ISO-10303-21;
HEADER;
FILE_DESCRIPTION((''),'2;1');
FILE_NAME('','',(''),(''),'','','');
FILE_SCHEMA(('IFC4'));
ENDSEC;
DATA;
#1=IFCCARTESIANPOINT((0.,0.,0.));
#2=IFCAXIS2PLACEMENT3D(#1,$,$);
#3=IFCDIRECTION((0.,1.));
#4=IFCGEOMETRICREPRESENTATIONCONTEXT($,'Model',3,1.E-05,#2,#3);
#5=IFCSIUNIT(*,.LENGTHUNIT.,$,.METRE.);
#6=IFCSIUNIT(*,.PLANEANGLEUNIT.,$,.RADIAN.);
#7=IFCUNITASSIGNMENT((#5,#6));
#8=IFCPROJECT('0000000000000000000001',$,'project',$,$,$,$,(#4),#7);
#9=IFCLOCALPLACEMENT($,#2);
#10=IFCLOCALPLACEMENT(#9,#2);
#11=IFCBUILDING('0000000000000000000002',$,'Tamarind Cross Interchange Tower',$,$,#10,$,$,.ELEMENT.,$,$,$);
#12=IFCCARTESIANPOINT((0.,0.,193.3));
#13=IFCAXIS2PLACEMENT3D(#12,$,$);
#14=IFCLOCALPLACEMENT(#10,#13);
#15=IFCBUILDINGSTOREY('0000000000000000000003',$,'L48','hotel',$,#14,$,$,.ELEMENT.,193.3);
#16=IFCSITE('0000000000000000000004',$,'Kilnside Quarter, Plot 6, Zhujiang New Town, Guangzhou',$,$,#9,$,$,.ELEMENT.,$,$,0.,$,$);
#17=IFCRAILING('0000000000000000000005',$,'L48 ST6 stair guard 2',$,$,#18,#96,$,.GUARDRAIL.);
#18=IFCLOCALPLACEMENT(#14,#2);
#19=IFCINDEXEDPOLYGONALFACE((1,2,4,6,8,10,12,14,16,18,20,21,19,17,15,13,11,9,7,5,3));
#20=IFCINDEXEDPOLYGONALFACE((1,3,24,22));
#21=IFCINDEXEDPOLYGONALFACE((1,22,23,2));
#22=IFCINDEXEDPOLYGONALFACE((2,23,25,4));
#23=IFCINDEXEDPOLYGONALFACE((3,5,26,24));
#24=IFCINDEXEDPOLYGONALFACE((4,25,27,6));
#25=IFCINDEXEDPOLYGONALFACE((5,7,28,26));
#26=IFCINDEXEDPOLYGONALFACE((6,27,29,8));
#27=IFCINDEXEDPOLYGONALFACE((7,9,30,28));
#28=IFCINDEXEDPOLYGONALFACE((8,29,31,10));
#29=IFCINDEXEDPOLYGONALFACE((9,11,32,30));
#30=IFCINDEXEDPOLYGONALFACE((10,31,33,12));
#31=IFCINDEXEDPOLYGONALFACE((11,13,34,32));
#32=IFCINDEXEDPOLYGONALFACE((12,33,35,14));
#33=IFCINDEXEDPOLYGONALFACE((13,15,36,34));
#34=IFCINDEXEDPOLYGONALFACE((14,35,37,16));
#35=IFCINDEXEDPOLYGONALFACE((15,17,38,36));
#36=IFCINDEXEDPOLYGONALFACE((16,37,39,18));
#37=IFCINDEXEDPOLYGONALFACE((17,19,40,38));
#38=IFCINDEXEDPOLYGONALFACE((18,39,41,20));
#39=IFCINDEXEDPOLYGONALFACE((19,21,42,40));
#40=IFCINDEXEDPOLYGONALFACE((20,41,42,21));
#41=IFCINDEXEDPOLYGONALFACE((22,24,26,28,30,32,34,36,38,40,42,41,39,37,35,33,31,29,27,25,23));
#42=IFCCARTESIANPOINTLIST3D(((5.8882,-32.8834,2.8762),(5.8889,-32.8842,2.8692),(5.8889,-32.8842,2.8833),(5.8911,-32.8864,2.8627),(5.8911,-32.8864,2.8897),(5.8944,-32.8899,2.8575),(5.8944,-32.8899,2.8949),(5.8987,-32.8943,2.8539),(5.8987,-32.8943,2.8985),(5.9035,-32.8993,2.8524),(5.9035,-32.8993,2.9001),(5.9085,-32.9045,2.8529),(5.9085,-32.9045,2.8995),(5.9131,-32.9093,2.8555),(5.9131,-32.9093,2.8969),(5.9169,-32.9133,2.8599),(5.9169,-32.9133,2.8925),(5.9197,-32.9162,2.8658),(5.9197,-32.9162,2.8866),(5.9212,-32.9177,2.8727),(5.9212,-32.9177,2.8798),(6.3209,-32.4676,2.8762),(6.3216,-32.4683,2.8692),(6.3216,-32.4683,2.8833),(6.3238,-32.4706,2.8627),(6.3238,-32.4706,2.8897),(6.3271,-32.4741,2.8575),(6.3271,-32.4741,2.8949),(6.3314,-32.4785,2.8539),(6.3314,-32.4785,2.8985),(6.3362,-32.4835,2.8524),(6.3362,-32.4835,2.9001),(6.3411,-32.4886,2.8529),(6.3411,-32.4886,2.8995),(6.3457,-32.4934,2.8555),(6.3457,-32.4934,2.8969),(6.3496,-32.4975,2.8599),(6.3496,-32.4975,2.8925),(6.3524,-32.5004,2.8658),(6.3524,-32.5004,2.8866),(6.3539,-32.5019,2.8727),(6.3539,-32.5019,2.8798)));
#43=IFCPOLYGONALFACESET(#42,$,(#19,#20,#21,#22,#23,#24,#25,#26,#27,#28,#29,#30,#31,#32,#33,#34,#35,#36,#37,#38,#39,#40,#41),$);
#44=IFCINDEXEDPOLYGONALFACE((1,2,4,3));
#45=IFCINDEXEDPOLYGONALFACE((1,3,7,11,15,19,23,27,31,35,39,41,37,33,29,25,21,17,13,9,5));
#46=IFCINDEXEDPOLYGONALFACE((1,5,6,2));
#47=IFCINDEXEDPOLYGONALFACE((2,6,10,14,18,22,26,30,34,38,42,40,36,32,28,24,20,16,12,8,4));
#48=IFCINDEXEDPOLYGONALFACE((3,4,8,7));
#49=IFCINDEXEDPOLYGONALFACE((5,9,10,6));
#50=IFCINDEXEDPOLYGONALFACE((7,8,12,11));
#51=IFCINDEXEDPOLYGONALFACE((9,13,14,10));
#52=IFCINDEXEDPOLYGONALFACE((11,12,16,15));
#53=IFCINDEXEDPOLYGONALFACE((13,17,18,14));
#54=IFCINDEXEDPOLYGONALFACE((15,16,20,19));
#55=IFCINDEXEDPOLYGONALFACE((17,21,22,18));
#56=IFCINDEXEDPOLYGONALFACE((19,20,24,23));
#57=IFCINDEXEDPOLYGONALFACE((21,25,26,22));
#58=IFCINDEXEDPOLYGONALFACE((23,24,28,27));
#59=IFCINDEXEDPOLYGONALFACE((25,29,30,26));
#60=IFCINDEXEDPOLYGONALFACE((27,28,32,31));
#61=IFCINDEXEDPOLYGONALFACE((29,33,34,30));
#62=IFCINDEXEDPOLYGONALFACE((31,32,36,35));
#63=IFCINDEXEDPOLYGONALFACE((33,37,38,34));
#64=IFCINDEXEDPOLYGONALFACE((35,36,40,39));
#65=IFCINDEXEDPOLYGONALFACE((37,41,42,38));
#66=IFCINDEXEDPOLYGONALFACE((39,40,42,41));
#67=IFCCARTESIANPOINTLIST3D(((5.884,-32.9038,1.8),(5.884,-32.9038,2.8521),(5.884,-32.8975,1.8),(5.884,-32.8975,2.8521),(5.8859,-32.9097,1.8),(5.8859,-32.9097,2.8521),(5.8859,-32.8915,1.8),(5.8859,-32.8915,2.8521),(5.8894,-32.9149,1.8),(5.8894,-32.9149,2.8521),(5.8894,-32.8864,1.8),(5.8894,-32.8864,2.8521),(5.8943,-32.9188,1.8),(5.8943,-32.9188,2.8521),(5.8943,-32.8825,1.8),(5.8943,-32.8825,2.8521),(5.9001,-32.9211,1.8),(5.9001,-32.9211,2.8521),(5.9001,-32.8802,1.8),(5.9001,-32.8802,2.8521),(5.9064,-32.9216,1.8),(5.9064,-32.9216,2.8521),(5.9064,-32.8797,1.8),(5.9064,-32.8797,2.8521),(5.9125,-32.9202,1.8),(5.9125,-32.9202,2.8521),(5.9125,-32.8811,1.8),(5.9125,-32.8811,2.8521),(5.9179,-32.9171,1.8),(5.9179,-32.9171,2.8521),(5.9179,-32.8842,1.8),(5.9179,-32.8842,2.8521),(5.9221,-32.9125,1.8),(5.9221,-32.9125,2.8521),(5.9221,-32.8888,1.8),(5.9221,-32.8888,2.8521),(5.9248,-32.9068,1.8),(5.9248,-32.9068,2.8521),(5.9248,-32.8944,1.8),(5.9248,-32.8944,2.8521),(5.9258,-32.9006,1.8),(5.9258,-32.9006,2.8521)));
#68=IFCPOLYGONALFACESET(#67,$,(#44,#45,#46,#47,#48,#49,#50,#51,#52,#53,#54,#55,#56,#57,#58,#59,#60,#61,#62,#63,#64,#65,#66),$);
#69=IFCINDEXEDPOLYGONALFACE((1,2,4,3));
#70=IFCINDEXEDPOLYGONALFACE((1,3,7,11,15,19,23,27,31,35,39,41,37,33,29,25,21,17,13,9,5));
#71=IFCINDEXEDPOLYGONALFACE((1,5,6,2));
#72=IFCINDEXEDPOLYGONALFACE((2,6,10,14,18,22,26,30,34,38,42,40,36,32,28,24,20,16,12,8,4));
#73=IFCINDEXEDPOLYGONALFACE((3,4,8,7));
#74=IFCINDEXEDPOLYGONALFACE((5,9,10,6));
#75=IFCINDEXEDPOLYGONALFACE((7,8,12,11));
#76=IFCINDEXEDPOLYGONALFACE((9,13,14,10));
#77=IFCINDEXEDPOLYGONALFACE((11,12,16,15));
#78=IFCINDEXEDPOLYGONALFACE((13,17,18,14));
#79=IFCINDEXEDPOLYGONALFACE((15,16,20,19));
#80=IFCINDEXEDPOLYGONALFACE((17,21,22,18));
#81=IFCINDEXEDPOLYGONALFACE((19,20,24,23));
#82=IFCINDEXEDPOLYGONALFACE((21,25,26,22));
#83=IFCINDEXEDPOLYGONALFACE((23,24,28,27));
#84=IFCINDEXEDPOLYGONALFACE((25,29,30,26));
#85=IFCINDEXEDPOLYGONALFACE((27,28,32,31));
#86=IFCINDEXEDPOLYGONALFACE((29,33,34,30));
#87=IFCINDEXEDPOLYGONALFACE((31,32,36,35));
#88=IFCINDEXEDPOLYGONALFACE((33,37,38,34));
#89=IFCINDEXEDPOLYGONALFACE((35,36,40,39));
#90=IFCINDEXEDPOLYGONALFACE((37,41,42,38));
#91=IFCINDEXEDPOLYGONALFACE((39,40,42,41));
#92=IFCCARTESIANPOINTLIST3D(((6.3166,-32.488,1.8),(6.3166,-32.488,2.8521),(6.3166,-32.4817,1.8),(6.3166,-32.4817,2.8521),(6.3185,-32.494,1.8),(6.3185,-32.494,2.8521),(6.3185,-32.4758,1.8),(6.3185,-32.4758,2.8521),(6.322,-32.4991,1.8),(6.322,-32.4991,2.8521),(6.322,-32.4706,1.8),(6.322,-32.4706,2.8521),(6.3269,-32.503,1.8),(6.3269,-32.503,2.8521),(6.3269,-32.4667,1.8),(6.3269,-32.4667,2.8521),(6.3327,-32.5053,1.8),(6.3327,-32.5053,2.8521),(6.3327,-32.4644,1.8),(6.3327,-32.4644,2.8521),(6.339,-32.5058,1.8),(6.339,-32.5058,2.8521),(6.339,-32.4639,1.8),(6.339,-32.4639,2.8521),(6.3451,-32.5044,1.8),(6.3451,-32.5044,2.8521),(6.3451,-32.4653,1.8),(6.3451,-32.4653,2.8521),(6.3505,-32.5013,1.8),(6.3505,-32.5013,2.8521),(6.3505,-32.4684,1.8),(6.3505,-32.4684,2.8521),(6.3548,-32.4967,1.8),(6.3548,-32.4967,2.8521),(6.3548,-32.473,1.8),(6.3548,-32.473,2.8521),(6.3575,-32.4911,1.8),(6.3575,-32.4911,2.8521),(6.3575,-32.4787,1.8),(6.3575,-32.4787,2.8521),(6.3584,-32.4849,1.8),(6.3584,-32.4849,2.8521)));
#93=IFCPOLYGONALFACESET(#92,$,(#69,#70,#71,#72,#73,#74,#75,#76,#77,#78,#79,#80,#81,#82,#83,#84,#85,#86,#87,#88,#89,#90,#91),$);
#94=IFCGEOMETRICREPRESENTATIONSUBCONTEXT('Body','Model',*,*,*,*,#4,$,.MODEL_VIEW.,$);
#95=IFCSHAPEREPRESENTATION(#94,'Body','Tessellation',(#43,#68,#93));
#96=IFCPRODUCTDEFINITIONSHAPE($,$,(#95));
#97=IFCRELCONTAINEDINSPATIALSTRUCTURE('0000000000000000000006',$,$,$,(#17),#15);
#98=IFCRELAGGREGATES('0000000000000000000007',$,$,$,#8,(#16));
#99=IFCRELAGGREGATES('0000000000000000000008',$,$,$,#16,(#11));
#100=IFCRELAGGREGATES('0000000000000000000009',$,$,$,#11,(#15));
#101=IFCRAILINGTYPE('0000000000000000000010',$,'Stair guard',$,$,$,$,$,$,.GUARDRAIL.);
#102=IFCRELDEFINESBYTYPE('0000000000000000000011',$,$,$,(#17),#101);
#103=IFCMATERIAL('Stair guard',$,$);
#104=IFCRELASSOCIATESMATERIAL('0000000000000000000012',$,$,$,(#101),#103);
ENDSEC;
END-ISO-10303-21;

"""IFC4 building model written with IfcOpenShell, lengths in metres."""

from ifc_helpers import new_model, si_unit, direction, frame, origin, origin_2d, place, context, subcontext, project, spatial, circle, extrude, material, type_object, element, save


model = new_model("IFC4")

# Units and contexts
model_context = context("Model", 3, precision=1e-05, world=origin(), true_north=direction((0.0, 1.0)))
body_context = subcontext(model_context, "Body", "Model", "MODEL_VIEW")
ifc_project = project(units=[si_unit("LENGTHUNIT", "METRE"), si_unit("PLANEANGLEUNIT", "RADIAN")], contexts=[model_context])

# Site, building, storey
site_placement = place(None, origin())
site = spatial("IfcSite", under=ifc_project, at=site_placement, Name="Kilnside Quarter, Plot 6, Zhujiang New Town, Guangzhou", CompositionType="ELEMENT", RefElevation=0.0)
building_placement = place(site_placement, origin())
building = spatial("IfcBuilding", under=site, at=building_placement, Name="Tamarind Cross Interchange Tower", CompositionType="ELEMENT")
storey_placement = place(building_placement, frame((0.0, 0.0, 193.3)))
storey = spatial("IfcBuildingStorey", under=building, at=storey_placement, Name="L48", Description="hotel", CompositionType="ELEMENT", Elevation=193.3)

# Railing
ifc_material_1 = material(Name="Stair guard")
railing_type_1 = type_object("IfcRailingType", Name="Stair guard", PredefinedType="GUARDRAIL", material=ifc_material_1)
railing_1_placement = place(storey_placement, frame((5.9048, -32.9006, 1.8)))
element("IfcRailing", 1, at=railing_1_placement, inside=storey, type_object=railing_type_1, Name="L48 ST6 stair guard 2", PredefinedType="GUARDRAIL", context=body_context, shape_type="SweptSolid", body=[
    extrude(circle(Radius=0.0239, at=origin_2d()), frame((0.0, 0.0, 1.0762), z_axis=(0.721005, 0.69293, 0.0), x_axis=(-0.69293, 0.721005, 0.0)), (0.0, 0.0, 1.0), 0.6001),
    extrude(circle(Radius=0.021, at=origin_2d()), origin(), (0.0, 0.0, 1.0), 1.052),
    extrude(circle(Radius=0.021, at=origin_2d()), frame((0.4326, 0.4158, 0.0)), (0.0, 0.0, 1.0), 1.052),
])

save(model, "model.ifc")
